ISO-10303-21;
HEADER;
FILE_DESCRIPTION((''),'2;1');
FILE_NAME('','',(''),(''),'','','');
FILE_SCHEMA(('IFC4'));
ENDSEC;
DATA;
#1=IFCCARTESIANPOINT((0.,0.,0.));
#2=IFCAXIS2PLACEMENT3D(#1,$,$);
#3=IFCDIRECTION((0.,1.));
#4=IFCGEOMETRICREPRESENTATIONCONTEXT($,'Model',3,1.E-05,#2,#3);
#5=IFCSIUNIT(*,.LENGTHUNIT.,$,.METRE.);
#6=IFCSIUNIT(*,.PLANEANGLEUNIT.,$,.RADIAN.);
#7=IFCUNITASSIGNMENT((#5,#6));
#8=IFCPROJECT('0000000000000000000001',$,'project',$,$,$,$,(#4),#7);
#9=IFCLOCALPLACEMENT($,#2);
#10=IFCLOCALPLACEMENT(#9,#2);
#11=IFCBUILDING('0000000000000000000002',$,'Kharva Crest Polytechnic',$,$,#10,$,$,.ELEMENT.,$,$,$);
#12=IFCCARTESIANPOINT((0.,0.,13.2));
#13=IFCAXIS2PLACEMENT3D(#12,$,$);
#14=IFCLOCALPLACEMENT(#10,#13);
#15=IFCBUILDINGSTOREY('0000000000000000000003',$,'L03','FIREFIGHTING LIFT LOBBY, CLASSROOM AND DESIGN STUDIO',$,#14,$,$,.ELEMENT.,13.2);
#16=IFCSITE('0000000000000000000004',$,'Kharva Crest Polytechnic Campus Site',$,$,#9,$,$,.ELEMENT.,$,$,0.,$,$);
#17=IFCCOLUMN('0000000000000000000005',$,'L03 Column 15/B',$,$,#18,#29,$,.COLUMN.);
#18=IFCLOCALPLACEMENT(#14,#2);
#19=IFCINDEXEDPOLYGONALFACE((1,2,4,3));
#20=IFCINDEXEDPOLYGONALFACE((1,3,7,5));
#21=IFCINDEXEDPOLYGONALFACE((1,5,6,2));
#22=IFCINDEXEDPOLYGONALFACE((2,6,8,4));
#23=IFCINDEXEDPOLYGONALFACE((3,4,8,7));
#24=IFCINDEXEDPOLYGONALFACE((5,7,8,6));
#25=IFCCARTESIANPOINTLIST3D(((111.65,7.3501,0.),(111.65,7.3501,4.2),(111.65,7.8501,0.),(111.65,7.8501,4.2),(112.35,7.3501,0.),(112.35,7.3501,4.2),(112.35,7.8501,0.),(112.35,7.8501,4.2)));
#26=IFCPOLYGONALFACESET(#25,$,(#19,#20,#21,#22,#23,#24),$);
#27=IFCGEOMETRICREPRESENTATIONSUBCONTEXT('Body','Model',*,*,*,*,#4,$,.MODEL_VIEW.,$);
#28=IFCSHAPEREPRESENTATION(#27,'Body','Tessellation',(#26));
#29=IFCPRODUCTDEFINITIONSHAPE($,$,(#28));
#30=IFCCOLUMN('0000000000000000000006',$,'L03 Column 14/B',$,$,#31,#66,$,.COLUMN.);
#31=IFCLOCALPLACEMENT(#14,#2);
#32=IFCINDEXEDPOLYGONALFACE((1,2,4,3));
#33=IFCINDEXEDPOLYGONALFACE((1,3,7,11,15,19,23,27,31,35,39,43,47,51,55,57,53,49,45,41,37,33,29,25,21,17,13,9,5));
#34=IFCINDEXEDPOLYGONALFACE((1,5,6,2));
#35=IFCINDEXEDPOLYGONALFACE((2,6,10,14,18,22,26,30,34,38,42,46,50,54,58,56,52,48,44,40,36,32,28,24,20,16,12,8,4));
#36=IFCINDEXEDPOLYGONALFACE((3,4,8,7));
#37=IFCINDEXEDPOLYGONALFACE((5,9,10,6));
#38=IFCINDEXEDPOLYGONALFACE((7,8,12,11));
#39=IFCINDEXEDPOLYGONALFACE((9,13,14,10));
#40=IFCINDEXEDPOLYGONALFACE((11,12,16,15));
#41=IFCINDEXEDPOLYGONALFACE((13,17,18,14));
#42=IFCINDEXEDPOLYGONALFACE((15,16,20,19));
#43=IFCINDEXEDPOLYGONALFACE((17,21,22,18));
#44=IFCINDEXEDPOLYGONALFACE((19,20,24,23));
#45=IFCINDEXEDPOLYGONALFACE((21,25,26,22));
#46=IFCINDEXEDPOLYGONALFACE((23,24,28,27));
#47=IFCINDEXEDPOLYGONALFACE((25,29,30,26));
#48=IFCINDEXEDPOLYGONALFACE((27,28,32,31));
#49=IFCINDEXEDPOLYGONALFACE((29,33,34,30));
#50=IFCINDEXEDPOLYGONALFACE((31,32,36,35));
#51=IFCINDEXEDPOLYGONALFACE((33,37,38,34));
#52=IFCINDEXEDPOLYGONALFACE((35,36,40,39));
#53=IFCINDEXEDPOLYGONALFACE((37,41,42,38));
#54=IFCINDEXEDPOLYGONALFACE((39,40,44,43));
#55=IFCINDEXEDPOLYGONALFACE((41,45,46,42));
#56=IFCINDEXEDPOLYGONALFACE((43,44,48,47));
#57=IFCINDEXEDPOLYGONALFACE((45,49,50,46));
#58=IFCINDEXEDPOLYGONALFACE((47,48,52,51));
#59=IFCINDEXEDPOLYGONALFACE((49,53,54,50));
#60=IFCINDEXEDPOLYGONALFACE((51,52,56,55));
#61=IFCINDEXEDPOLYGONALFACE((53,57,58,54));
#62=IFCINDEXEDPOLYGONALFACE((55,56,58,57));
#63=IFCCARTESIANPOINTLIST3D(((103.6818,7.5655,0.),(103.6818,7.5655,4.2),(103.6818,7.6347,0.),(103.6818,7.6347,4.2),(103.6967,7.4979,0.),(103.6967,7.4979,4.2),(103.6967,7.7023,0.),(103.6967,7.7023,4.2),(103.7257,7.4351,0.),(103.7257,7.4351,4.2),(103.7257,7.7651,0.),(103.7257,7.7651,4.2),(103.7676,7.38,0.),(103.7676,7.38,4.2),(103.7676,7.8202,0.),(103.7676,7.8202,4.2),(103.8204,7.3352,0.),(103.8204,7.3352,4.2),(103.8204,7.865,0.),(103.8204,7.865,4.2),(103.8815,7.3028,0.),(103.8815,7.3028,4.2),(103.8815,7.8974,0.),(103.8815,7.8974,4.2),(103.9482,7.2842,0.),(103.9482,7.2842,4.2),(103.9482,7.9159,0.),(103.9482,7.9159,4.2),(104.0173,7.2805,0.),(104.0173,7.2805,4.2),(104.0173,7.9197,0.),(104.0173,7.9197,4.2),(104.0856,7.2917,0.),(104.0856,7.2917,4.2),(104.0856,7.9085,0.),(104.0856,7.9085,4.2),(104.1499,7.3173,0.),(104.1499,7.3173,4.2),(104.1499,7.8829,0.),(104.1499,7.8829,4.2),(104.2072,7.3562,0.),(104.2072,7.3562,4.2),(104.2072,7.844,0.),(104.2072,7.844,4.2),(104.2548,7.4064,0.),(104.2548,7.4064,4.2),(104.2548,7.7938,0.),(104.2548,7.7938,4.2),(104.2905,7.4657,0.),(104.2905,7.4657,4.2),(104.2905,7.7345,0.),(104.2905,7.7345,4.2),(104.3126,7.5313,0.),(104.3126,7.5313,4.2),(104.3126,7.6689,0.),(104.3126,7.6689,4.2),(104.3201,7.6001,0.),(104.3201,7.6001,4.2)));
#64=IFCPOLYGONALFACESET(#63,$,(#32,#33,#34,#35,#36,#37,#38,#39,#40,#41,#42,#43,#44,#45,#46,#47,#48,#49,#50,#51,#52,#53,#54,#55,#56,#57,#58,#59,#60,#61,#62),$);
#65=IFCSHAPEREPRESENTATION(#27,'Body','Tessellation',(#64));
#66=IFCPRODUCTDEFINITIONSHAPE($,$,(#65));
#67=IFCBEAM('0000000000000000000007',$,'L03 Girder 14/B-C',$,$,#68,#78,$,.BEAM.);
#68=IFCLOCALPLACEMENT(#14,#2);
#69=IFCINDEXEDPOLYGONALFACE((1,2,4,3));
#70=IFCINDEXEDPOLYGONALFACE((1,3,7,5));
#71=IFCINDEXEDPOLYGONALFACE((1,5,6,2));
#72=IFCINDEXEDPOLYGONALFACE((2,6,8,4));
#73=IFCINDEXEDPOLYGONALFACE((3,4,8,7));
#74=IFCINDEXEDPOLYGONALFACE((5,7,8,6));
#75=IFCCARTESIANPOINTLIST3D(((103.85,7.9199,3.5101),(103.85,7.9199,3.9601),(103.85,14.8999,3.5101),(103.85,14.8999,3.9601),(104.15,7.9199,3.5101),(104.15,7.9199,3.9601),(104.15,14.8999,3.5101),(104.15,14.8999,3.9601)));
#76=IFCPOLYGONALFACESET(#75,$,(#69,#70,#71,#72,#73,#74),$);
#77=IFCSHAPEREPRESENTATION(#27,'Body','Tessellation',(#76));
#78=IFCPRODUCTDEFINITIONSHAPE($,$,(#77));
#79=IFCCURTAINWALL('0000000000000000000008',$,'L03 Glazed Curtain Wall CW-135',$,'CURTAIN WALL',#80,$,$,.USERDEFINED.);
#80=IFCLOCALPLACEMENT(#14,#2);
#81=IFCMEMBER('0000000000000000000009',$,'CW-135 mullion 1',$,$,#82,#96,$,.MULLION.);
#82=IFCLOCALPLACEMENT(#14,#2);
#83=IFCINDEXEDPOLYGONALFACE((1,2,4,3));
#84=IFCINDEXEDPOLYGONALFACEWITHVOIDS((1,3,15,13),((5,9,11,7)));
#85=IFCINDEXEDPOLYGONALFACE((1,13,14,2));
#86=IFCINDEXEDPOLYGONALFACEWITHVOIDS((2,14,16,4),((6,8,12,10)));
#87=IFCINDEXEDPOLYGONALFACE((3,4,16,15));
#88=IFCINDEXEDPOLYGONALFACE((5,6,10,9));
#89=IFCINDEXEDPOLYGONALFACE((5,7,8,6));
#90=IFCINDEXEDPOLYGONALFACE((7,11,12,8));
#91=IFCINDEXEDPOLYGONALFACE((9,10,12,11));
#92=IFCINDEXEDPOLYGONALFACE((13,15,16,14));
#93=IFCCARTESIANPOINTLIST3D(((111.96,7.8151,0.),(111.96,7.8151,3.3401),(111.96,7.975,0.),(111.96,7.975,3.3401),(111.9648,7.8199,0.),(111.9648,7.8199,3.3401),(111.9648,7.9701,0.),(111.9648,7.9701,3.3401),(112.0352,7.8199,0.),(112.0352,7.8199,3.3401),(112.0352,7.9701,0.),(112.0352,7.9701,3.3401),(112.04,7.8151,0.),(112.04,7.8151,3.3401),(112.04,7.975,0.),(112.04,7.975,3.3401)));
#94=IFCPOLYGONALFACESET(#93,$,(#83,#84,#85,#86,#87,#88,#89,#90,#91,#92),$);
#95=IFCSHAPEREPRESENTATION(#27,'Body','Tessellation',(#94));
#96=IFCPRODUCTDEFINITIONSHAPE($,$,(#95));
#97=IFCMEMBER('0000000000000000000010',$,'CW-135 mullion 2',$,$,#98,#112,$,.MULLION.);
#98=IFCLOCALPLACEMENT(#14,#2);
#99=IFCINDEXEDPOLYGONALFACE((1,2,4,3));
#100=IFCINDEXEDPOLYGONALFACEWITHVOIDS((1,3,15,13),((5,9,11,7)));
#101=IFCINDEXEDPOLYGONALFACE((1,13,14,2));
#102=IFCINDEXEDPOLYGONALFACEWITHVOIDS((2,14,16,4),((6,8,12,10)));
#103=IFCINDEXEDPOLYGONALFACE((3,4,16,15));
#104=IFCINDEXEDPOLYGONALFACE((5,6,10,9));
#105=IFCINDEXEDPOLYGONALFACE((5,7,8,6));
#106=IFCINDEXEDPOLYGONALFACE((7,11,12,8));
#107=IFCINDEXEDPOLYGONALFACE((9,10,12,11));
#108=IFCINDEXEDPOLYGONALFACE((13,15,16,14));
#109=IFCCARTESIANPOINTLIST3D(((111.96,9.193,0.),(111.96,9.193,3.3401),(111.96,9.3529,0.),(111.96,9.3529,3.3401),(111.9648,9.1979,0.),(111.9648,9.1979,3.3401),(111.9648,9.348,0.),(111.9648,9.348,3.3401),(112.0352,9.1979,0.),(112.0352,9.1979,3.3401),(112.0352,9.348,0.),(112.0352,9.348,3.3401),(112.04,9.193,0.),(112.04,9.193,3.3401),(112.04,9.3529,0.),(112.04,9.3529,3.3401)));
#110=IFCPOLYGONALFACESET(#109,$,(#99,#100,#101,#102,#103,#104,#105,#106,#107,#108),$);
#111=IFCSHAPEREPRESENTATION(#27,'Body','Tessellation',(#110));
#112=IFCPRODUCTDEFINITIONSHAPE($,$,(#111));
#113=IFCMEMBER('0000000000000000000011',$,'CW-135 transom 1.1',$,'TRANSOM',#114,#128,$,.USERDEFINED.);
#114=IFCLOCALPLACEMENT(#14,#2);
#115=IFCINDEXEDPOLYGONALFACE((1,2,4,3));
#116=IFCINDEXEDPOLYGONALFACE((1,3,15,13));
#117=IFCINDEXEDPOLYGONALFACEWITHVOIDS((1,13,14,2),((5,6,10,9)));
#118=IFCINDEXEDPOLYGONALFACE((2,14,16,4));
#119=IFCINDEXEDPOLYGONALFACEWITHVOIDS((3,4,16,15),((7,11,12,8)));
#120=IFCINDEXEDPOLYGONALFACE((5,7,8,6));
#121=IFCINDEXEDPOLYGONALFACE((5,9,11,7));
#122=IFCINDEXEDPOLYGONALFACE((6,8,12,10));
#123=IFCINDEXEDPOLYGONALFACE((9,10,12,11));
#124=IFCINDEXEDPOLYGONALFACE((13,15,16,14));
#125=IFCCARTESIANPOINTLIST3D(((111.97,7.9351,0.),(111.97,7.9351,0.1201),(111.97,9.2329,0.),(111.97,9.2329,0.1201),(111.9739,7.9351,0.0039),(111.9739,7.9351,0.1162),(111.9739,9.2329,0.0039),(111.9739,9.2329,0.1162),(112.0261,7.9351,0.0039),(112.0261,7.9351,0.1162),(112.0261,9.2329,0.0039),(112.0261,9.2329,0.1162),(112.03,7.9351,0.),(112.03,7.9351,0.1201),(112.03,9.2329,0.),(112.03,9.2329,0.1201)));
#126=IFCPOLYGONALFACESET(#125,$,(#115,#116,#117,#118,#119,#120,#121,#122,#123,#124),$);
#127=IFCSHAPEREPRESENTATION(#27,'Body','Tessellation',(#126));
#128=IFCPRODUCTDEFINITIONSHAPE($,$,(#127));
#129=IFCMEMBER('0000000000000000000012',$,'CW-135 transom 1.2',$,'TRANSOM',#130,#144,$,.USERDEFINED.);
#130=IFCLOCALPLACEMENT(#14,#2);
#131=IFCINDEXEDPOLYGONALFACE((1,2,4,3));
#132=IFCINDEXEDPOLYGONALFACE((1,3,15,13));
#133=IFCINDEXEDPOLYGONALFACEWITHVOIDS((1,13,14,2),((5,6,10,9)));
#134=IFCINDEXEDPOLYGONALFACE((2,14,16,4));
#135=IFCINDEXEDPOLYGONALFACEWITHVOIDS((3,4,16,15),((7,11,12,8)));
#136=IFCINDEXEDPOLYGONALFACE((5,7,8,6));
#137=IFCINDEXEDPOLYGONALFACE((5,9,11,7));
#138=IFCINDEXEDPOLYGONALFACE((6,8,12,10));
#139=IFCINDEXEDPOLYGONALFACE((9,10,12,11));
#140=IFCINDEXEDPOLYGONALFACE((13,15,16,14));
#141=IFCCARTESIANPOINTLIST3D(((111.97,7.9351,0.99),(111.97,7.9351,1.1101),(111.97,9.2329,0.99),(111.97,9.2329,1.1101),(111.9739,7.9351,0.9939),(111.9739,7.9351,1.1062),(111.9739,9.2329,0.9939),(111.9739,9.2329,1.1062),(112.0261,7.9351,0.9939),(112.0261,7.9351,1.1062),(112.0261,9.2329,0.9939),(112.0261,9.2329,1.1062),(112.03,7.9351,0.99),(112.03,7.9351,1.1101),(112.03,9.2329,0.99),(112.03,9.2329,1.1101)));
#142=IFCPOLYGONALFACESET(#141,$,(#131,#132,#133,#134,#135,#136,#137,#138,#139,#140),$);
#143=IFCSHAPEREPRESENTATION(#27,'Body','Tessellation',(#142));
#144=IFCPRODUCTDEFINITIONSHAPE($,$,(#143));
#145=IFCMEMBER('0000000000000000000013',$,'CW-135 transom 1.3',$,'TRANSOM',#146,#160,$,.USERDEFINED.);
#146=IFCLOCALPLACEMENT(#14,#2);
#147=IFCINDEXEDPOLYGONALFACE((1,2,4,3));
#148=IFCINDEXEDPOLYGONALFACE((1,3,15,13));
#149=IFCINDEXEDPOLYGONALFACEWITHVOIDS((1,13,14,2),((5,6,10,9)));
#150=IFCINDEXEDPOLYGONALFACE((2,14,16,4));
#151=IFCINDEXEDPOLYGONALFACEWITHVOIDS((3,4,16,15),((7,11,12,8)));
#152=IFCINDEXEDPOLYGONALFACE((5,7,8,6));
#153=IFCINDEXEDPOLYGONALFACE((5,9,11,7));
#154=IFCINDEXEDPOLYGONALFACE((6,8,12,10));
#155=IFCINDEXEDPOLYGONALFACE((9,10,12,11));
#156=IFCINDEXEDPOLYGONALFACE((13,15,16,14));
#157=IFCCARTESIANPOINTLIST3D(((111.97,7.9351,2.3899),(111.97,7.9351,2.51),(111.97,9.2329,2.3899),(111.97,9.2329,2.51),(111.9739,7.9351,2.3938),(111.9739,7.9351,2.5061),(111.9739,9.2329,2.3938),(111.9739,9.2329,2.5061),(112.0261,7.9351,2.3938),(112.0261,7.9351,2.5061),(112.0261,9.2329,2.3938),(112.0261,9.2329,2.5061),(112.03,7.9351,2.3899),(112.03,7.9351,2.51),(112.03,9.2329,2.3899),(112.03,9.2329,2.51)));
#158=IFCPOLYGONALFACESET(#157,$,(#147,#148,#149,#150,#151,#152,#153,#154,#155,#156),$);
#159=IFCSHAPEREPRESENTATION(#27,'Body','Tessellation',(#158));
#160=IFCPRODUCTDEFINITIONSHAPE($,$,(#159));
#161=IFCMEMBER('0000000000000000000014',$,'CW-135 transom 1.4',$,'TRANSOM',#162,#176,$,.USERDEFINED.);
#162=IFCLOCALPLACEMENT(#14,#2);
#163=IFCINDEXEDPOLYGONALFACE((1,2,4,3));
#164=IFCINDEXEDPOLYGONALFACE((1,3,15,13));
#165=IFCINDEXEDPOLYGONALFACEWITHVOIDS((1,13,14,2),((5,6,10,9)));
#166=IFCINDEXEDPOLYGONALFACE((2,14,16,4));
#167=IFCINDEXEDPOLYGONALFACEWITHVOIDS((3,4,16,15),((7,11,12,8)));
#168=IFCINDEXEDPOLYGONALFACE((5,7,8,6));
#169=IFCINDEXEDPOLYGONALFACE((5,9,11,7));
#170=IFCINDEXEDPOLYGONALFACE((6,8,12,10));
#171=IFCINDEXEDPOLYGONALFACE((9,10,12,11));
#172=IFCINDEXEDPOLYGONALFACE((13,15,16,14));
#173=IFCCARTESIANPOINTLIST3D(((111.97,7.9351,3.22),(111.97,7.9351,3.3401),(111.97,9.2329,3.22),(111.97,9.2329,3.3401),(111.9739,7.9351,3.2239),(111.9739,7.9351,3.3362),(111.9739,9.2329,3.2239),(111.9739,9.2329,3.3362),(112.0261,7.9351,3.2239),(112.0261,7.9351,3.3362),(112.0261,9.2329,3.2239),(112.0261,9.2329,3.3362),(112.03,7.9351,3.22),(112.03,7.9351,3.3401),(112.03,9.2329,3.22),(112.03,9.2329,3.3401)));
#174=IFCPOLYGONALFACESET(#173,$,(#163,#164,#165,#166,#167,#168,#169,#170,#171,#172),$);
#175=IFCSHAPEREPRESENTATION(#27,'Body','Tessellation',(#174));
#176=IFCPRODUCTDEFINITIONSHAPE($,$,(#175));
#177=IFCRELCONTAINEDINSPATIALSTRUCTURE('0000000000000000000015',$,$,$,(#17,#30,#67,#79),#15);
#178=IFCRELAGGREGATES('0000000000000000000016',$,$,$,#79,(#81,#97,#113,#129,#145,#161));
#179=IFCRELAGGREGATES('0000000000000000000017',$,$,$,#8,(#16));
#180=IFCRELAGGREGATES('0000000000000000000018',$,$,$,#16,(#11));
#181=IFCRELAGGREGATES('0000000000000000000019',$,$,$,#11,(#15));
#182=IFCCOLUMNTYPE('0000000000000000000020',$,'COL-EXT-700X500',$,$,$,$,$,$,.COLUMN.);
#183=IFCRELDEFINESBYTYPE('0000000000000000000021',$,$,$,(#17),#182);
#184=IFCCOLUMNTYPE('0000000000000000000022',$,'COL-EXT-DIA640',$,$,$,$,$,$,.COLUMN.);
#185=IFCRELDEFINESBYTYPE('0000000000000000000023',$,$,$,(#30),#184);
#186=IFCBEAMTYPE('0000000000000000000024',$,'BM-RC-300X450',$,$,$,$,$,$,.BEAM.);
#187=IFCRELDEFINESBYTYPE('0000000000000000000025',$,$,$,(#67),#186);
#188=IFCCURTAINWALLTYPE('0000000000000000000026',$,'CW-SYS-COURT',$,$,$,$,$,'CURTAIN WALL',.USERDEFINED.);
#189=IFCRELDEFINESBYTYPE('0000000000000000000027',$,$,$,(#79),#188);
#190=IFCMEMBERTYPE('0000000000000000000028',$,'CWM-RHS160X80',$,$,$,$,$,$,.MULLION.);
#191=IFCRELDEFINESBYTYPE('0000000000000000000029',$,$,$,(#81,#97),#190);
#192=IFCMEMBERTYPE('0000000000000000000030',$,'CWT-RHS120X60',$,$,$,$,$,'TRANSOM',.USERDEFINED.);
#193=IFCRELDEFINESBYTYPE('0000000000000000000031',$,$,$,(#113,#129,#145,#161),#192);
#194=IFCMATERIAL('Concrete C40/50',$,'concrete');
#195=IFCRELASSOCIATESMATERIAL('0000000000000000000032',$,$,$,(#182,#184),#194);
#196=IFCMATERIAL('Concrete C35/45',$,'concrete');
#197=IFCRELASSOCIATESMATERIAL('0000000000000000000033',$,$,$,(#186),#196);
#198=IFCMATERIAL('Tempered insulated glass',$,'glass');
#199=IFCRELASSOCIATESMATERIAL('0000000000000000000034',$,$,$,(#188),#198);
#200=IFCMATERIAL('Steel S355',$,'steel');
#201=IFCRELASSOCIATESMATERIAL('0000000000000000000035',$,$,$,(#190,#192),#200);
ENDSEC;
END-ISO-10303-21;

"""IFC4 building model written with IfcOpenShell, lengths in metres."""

from ifc_helpers import new_model, si_unit, direction, frame, origin, origin_2d, place, context, subcontext, project, spatial, rectangle, hollow_rectangle, circle, extrude, material, material_profile, profile_set, type_object, element, aggregate, save


model = new_model("IFC4")

# Units and contexts
model_context = context("Model", 3, precision=1e-05, world=origin(), true_north=direction((0.0, 1.0)))
body_context = subcontext(model_context, "Body", "Model", "MODEL_VIEW")
ifc_project = project(units=[si_unit("LENGTHUNIT", "METRE"), si_unit("PLANEANGLEUNIT", "RADIAN")], contexts=[model_context])

# Site, building, storey
site_placement = place(None, origin())
site = spatial("IfcSite", under=ifc_project, at=site_placement, Name="Kharva Crest Polytechnic Campus Site", CompositionType="ELEMENT", RefElevation=0.0)
building_placement = place(site_placement, origin())
building = spatial("IfcBuilding", under=site, at=building_placement, Name="Kharva Crest Polytechnic", CompositionType="ELEMENT")
storey_placement = place(building_placement, frame((0.0, 0.0, 13.2)))
storey = spatial("IfcBuildingStorey", under=building, at=storey_placement, Name="L03", Description="FIREFIGHTING LIFT LOBBY, CLASSROOM AND DESIGN STUDIO", CompositionType="ELEMENT", Elevation=13.2)

# Columns
ifc_material_1 = material(Name="Concrete C40/50", Category="concrete")
ifc_material_profile_1 = material_profile(ifc_material_1, rectangle(XDim=0.7, YDim=0.5, at=origin_2d()), Name="RECT 700 X 500")
ifc_profile_set_1 = profile_set([ifc_material_profile_1], Name="Concrete C40/50")
column_type_1 = type_object("IfcColumnType", Name="COL-EXT-700X500", PredefinedType="COLUMN", material=ifc_profile_set_1)
column_1_placement = place(storey_placement, frame((112.0, 7.6001, 0.0), z_axis=(0.0, 0.0, 1.0), x_axis=(1.0, 0.0, 0.0)))
element("IfcColumn", 1, at=column_1_placement, inside=storey, type_object=column_type_1, Name="L03 Column 15/B", PredefinedType="COLUMN", context=body_context, shape_type="SweptSolid", body=[
    extrude(rectangle(XDim=0.7, YDim=0.5, at=origin_2d()), origin(), (0.0, 0.0, 1.0), 4.2),
])
ifc_material_profile_2 = material_profile(ifc_material_1, circle(Radius=0.3201, at=origin_2d()), Name="DIA 640")
ifc_profile_set_2 = profile_set([ifc_material_profile_2], Name="Concrete C40/50")
column_type_2 = type_object("IfcColumnType", Name="COL-EXT-DIA640", PredefinedType="COLUMN", material=ifc_profile_set_2)
column_2_placement = place(storey_placement, frame((104.0, 7.6001, 0.0), z_axis=(0.0, 0.0, 1.0), x_axis=(1.0, 0.0, 0.0)))
element("IfcColumn", 2, at=column_2_placement, inside=storey, type_object=column_type_2, Name="L03 Column 14/B", PredefinedType="COLUMN", context=body_context, shape_type="SweptSolid", body=[
    extrude(circle(Radius=0.3201, at=origin_2d()), origin(), (0.0, 0.0, 1.0), 4.2),
])

# Beam
ifc_material_2 = material(Name="Concrete C35/45", Category="concrete")
ifc_material_profile_3 = material_profile(ifc_material_2, rectangle(XDim=0.3, YDim=0.45, at=origin_2d()), Name="RECT 300 X 450")
ifc_profile_set_3 = profile_set([ifc_material_profile_3], Name="Concrete C35/45")
beam_type_1 = type_object("IfcBeamType", Name="BM-RC-300X450", PredefinedType="BEAM", material=ifc_profile_set_3)
beam_1_placement = place(storey_placement, frame((104.0, 7.9199, 3.7351), z_axis=(0.0, 1.0, 0.0), x_axis=(-1.0, 0.0, 0.0)))
element("IfcBeam", 3, at=beam_1_placement, inside=storey, type_object=beam_type_1, Name="L03 Girder 14/B-C", PredefinedType="BEAM", context=body_context, shape_type="SweptSolid", body=[
    extrude(rectangle(XDim=0.3, YDim=0.45, at=origin_2d()), origin(), (0.0, 0.0, 1.0), 6.98),
])

# Curtain wall, members
ifc_material_3 = material(Name="Tempered insulated glass", Category="glass")
curtain_wall_type = type_object("IfcCurtainWallType", Name="CW-SYS-COURT", ElementType="CURTAIN WALL", PredefinedType="USERDEFINED", material=ifc_material_3)
curtain_wall_placement = place(storey_placement, origin())
curtain_wall = element("IfcCurtainWall", 4, at=curtain_wall_placement, inside=storey, type_object=curtain_wall_type, Name="L03 Glazed Curtain Wall CW-135", ObjectType="CURTAIN WALL", PredefinedType="USERDEFINED")
ifc_material_4 = material(Name="Steel S355", Category="steel")
ifc_material_profile_4 = material_profile(ifc_material_4, hollow_rectangle(XDim=0.0801, YDim=0.1599, WallThickness=0.0049, at=origin_2d()), Name="RHS 160X80X5.0")
ifc_profile_set_4 = profile_set([ifc_material_profile_4], Name="Steel S355")
member_type_1 = type_object("IfcMemberType", Name="CWM-RHS160X80", PredefinedType="MULLION", material=ifc_profile_set_4)
member_1_placement = place(storey_placement, frame((112.0, 7.895, 0.0), z_axis=(0.0, 0.0, 1.0), x_axis=(-1.0, 0.0, 0.0)))
member_1 = element("IfcMember", 5, at=member_1_placement, type_object=member_type_1, Name="CW-135 mullion 1", PredefinedType="MULLION", context=body_context, shape_type="SweptSolid", body=[
    extrude(hollow_rectangle(XDim=0.0801, YDim=0.1599, WallThickness=0.0049, at=origin_2d()), origin(), (0.0, 0.0, 1.0), 3.3401),
])
member_2_placement = place(storey_placement, frame((112.0, 9.2729, 0.0), z_axis=(0.0, 0.0, 1.0), x_axis=(-1.0, 0.0, 0.0)))
member_2 = element("IfcMember", 6, at=member_2_placement, type_object=member_type_1, Name="CW-135 mullion 2", PredefinedType="MULLION", context=body_context, shape_type="SweptSolid", body=[
    extrude(hollow_rectangle(XDim=0.0801, YDim=0.1599, WallThickness=0.0049, at=origin_2d()), origin(), (0.0, 0.0, 1.0), 3.3401),
])
ifc_material_profile_5 = material_profile(ifc_material_4, hollow_rectangle(XDim=0.0601, YDim=0.1201, WallThickness=0.0039, at=origin_2d()), Name="RHS 120X60X4.0")
ifc_profile_set_5 = profile_set([ifc_material_profile_5], Name="Steel S355")
member_type_2 = type_object("IfcMemberType", Name="CWT-RHS120X60", ElementType="TRANSOM", PredefinedType="USERDEFINED", material=ifc_profile_set_5)
member_3_placement = place(storey_placement, frame((112.0, 7.9351, 0.0601), z_axis=(0.0, 1.0, 0.0), x_axis=(-1.0, 0.0, 0.0)))
member_3 = element("IfcMember", 7, at=member_3_placement, type_object=member_type_2, Name="CW-135 transom 1.1", ObjectType="TRANSOM", PredefinedType="USERDEFINED", context=body_context, shape_type="SweptSolid", body=[
    extrude(hollow_rectangle(XDim=0.0601, YDim=0.1201, WallThickness=0.0039, at=origin_2d()), origin(), (0.0, 0.0, 1.0), 1.2979),
])
member_4_placement = place(storey_placement, frame((112.0, 7.9351, 1.05), z_axis=(0.0, 1.0, 0.0), x_axis=(-1.0, 0.0, 0.0)))
member_4 = element("IfcMember", 8, at=member_4_placement, type_object=member_type_2, Name="CW-135 transom 1.2", ObjectType="TRANSOM", PredefinedType="USERDEFINED", context=body_context, shape_type="SweptSolid", body=[
    extrude(hollow_rectangle(XDim=0.0601, YDim=0.1201, WallThickness=0.0039, at=origin_2d()), origin(), (0.0, 0.0, 1.0), 1.2979),
])
member_5_placement = place(storey_placement, frame((112.0, 7.9351, 2.45), z_axis=(0.0, 1.0, 0.0), x_axis=(-1.0, 0.0, 0.0)))
member_5 = element("IfcMember", 9, at=member_5_placement, type_object=member_type_2, Name="CW-135 transom 1.3", ObjectType="TRANSOM", PredefinedType="USERDEFINED", context=body_context, shape_type="SweptSolid", body=[
    extrude(hollow_rectangle(XDim=0.0601, YDim=0.1201, WallThickness=0.0039, at=origin_2d()), origin(), (0.0, 0.0, 1.0), 1.2979),
])
member_6_placement = place(storey_placement, frame((112.0, 7.9351, 3.28), z_axis=(0.0, 1.0, 0.0), x_axis=(-1.0, 0.0, 0.0)))
member_6 = element("IfcMember", 10, at=member_6_placement, type_object=member_type_2, Name="CW-135 transom 1.4", ObjectType="TRANSOM", PredefinedType="USERDEFINED", context=body_context, shape_type="SweptSolid", body=[
    extrude(hollow_rectangle(XDim=0.0601, YDim=0.1201, WallThickness=0.0039, at=origin_2d()), origin(), (0.0, 0.0, 1.0), 1.2979),
])

aggregate(curtain_wall, [member_1, member_2, member_3, member_4, member_5, member_6])

save(model, "model.ifc")
